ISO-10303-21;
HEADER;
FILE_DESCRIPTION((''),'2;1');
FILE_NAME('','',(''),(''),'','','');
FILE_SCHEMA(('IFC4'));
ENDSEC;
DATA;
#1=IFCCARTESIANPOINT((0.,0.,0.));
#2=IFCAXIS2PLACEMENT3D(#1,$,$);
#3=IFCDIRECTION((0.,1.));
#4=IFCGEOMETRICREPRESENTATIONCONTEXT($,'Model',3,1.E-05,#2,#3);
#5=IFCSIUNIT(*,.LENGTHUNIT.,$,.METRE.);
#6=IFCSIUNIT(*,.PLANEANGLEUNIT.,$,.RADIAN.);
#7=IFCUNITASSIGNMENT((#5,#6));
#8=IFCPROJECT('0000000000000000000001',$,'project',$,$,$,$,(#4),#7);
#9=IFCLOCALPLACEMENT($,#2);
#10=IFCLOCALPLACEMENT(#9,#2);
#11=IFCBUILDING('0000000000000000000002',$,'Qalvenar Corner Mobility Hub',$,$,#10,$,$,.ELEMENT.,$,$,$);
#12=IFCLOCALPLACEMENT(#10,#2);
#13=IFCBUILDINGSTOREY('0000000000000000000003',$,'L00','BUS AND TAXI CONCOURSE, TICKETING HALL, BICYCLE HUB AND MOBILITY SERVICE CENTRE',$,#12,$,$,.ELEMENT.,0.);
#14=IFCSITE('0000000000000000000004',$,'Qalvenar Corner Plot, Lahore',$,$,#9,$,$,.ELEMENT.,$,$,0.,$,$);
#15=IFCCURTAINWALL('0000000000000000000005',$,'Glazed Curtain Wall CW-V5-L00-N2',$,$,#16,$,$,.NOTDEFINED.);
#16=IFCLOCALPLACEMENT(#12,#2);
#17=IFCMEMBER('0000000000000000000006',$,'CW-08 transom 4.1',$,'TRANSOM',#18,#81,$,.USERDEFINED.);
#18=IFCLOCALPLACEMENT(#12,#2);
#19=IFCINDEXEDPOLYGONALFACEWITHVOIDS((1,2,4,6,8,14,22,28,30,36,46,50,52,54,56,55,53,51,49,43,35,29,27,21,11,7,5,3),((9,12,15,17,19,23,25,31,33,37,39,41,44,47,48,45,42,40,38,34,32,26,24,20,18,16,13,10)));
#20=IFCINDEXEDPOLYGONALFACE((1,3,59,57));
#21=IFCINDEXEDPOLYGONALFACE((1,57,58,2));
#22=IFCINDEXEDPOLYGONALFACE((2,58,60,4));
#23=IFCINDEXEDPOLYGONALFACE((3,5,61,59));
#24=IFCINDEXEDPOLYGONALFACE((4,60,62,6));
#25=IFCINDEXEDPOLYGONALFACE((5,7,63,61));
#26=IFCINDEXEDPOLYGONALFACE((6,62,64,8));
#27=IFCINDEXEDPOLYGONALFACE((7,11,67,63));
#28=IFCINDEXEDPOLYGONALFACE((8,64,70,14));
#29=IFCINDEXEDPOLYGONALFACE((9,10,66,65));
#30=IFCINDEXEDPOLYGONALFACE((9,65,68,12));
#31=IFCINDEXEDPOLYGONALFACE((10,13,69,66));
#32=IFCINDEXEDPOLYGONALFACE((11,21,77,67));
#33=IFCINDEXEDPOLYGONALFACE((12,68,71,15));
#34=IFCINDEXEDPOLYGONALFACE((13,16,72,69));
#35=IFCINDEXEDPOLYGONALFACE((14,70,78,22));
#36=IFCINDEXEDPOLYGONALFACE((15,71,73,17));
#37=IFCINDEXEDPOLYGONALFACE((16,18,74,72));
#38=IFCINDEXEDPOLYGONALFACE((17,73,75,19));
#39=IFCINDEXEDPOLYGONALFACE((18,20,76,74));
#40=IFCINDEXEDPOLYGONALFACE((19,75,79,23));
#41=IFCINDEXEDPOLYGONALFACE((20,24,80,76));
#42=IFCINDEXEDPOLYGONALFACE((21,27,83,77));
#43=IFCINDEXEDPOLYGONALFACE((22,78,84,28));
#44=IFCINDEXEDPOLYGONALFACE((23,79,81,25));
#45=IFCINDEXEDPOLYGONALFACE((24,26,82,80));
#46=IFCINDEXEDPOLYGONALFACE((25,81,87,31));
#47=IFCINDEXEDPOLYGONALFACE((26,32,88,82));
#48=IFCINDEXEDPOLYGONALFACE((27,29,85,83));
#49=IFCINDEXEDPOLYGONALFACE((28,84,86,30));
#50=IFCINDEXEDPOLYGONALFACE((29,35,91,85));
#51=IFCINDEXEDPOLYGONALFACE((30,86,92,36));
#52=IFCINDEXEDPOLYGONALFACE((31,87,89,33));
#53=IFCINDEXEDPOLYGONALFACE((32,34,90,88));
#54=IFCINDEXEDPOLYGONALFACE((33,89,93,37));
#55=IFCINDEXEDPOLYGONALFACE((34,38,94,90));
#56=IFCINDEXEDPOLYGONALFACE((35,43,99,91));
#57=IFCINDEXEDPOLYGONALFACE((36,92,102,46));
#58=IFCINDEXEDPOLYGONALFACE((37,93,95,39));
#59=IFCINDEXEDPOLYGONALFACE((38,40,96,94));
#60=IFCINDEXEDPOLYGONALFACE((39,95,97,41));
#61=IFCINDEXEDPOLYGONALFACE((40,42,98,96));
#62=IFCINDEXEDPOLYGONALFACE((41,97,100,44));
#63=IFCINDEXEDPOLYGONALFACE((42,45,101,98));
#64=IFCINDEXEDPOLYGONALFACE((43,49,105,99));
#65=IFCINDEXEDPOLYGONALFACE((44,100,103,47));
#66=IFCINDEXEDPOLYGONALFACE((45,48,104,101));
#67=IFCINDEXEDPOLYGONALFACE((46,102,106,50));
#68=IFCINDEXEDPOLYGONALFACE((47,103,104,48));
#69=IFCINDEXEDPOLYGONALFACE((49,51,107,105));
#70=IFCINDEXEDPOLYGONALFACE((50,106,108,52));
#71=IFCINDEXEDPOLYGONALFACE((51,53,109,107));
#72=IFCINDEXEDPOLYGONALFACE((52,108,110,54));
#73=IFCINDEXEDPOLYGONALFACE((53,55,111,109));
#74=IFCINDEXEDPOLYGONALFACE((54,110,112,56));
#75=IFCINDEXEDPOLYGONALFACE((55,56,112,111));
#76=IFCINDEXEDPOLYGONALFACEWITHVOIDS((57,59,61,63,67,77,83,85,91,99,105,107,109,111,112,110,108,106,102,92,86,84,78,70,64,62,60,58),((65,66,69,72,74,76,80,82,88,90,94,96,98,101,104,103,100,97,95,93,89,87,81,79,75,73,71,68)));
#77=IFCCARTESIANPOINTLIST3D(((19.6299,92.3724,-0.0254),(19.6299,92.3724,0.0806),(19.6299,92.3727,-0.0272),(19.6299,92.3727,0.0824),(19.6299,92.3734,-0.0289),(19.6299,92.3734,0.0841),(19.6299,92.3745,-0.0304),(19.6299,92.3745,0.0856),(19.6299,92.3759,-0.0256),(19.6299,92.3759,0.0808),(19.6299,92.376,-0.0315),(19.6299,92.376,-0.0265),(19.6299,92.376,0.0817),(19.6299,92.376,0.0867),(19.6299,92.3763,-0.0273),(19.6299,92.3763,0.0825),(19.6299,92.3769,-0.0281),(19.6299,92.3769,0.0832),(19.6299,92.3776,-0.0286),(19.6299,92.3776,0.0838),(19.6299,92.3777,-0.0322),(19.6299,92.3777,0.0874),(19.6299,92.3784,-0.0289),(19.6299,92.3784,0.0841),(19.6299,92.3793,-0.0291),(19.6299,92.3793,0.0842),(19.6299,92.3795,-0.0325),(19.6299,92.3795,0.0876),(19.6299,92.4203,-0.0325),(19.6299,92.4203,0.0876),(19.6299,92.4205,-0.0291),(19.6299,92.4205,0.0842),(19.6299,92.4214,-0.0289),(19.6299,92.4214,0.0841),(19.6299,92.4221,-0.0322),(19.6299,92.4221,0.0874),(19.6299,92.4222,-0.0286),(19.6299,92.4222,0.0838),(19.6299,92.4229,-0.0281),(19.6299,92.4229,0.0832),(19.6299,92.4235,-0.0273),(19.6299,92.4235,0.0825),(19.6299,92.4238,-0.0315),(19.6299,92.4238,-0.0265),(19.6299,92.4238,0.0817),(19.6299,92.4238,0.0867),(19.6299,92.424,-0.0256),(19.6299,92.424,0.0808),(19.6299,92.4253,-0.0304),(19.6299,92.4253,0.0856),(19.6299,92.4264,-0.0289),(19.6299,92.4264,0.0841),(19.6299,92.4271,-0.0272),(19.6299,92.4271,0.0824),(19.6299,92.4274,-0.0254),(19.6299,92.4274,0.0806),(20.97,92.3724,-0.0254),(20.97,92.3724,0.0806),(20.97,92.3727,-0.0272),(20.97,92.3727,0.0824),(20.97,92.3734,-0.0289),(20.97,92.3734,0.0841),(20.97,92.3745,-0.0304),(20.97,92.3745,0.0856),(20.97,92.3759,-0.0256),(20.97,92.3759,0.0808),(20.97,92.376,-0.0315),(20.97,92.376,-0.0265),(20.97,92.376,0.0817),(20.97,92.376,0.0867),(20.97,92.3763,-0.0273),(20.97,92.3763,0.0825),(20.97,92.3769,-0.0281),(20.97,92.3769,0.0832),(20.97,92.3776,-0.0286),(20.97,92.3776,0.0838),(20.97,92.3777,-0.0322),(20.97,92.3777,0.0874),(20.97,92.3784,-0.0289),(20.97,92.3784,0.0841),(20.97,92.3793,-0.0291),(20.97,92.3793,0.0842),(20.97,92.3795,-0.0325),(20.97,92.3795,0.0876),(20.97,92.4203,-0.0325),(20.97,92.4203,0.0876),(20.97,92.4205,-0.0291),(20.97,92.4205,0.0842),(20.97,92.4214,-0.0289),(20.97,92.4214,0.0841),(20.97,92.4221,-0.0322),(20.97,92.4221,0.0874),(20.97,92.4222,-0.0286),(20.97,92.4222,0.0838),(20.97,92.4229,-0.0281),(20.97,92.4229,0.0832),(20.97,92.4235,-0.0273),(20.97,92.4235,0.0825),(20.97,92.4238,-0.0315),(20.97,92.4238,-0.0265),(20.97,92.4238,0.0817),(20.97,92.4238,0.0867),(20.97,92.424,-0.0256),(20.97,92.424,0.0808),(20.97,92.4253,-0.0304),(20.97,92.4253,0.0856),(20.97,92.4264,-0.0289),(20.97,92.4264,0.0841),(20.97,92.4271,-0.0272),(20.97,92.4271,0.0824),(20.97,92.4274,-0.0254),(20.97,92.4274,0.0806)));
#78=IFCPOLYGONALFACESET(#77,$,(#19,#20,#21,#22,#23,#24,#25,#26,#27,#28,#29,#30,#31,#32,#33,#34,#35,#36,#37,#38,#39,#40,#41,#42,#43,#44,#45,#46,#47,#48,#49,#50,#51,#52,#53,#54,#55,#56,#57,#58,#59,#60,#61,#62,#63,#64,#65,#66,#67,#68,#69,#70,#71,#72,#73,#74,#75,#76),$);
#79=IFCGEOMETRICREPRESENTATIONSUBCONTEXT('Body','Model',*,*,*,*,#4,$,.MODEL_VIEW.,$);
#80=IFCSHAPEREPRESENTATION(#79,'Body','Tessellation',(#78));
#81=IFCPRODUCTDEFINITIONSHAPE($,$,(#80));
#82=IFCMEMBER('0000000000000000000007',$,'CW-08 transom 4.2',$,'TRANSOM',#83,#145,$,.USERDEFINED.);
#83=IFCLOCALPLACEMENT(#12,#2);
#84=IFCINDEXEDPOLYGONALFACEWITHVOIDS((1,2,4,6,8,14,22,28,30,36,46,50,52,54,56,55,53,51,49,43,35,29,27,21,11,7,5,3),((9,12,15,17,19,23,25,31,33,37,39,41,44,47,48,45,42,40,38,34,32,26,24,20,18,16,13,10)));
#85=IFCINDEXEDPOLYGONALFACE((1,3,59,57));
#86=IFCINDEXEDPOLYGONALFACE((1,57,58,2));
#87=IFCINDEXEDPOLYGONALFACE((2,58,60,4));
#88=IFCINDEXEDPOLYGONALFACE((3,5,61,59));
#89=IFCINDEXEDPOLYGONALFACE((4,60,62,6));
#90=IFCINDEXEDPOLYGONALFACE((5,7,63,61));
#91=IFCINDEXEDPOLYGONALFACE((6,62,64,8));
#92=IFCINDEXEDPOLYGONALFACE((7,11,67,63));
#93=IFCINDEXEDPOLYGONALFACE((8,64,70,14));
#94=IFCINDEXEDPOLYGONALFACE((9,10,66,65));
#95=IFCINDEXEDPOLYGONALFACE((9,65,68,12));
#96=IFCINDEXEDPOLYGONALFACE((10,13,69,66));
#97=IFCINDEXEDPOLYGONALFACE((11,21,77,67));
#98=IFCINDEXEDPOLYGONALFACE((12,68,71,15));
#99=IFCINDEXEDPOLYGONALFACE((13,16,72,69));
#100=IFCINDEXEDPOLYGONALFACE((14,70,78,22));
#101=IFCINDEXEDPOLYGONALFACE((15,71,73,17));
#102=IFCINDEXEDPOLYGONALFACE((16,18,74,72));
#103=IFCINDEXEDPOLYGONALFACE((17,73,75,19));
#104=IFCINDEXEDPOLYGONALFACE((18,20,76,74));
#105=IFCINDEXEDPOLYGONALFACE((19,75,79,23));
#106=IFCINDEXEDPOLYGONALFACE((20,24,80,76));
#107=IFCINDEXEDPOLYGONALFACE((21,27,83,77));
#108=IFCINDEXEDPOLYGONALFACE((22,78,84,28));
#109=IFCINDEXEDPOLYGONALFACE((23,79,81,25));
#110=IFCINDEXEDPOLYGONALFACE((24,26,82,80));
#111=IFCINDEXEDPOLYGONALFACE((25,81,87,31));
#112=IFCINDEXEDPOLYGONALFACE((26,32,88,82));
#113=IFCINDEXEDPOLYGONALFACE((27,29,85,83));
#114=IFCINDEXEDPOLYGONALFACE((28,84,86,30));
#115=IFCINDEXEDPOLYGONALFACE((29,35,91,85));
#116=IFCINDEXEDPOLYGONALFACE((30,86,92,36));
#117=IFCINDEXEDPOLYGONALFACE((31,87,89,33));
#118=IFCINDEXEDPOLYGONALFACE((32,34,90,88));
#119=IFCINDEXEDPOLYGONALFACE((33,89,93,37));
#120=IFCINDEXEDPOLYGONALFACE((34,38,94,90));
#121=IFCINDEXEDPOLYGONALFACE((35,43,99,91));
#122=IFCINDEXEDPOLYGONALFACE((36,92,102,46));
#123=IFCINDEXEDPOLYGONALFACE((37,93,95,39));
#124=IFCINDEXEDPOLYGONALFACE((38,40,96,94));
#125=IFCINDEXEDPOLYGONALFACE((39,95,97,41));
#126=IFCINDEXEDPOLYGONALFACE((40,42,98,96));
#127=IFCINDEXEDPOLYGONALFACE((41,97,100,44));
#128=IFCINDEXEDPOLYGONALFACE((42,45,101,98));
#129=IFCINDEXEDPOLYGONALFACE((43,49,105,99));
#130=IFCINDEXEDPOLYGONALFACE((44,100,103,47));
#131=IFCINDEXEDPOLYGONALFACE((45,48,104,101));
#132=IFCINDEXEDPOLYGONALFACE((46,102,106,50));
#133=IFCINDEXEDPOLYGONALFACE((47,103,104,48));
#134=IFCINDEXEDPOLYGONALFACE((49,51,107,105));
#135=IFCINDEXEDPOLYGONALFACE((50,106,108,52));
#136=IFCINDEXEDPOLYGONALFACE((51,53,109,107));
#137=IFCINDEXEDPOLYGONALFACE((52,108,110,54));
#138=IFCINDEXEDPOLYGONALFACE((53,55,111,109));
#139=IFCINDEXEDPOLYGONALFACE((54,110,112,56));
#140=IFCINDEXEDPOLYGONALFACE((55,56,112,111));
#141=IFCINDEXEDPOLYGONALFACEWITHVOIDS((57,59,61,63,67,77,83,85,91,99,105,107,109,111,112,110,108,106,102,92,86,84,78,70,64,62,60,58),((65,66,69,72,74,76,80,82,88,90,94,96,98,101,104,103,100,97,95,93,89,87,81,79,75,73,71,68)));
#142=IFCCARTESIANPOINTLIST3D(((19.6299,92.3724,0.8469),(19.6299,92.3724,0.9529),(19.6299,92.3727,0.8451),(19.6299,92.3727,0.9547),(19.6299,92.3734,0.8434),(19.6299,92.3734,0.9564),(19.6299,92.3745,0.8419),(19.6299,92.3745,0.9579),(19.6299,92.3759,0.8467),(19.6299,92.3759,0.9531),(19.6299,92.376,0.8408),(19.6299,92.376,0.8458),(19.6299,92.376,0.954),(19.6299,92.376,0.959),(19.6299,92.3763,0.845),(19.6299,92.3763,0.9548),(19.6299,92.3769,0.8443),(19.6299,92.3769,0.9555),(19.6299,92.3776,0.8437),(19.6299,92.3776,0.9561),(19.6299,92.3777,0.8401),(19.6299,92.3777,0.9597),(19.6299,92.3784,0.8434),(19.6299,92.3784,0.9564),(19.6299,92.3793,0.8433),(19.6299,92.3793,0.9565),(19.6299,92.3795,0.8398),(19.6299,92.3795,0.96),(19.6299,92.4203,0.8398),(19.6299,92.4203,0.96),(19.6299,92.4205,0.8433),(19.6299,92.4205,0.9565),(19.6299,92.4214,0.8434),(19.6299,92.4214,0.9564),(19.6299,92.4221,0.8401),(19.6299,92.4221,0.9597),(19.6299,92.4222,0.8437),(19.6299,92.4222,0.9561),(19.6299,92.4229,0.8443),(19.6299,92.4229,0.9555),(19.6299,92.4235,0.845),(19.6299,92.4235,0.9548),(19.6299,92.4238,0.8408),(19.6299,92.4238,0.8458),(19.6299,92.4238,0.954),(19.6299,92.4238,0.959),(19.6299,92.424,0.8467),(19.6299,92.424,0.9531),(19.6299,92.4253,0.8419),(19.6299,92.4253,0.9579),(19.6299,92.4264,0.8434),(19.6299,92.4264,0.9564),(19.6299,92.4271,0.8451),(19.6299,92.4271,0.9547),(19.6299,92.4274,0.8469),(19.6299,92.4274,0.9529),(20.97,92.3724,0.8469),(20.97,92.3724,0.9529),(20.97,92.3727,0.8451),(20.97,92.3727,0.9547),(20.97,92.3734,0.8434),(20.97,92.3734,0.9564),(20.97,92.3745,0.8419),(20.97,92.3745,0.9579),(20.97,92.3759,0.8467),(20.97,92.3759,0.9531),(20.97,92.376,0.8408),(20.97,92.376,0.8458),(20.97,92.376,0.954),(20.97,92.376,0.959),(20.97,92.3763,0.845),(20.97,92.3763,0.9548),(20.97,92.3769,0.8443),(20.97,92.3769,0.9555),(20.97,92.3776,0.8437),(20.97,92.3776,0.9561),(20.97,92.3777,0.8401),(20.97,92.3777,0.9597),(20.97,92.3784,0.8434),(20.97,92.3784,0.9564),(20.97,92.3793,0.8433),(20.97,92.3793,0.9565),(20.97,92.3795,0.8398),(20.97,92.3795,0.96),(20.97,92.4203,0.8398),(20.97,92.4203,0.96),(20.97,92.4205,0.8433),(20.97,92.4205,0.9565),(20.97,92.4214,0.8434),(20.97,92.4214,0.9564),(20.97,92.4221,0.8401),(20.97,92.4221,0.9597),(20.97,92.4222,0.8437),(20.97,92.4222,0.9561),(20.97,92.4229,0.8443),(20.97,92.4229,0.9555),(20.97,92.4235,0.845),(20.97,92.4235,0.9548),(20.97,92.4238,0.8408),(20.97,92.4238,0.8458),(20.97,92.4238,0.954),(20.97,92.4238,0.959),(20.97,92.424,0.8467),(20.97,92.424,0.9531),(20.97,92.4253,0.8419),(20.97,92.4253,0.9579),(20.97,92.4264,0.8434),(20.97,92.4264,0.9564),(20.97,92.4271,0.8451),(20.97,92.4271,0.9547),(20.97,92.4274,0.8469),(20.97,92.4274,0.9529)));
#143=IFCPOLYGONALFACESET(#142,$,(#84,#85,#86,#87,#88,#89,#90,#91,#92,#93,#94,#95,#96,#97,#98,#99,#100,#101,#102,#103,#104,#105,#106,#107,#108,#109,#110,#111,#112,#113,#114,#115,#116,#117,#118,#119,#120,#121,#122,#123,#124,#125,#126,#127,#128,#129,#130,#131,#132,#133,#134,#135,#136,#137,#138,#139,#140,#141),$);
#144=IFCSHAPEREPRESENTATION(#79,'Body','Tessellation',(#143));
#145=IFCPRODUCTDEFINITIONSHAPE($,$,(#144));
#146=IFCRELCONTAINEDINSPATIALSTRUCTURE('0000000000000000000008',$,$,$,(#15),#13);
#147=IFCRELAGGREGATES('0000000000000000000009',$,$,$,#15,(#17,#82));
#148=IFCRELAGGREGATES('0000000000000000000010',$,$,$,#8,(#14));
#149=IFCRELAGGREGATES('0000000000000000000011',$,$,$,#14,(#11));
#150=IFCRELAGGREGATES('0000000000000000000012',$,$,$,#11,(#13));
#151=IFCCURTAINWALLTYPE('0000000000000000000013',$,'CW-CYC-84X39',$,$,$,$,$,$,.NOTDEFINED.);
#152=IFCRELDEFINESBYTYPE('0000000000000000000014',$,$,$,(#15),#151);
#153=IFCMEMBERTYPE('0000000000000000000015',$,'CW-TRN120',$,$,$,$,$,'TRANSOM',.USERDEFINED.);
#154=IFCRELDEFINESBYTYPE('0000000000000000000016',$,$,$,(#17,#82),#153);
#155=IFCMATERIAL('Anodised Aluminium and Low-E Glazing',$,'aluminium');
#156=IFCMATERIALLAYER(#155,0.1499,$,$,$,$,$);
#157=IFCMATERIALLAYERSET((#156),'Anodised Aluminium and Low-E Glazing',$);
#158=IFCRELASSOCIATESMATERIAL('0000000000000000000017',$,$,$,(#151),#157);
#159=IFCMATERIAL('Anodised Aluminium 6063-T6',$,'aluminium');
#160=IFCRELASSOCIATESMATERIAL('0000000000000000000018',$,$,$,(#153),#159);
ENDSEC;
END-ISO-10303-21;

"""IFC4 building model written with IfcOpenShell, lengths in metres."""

from ifc_helpers import new_model, si_unit, direction, frame, origin, origin_2d, place, context, subcontext, project, spatial, hollow_rectangle, extrude, material, layer, layer_set, material_profile, profile_set, type_object, element, aggregate, save


model = new_model("IFC4")

# Units and contexts
model_context = context("Model", 3, precision=1e-05, world=origin(), true_north=direction((0.0, 1.0)))
body_context = subcontext(model_context, "Body", "Model", "MODEL_VIEW")
ifc_project = project(units=[si_unit("LENGTHUNIT", "METRE"), si_unit("PLANEANGLEUNIT", "RADIAN")], contexts=[model_context])

# Site, building, storey
site_placement = place(None, origin())
site = spatial("IfcSite", under=ifc_project, at=site_placement, Name="Qalvenar Corner Plot, Lahore", CompositionType="ELEMENT", RefElevation=0.0)
building_placement = place(site_placement, origin())
building = spatial("IfcBuilding", under=site, at=building_placement, Name="Qalvenar Corner Mobility Hub", CompositionType="ELEMENT")
storey_placement = place(building_placement, origin())
storey = spatial("IfcBuildingStorey", under=building, at=storey_placement, Name="L00", Description="BUS AND TAXI CONCOURSE, TICKETING HALL, BICYCLE HUB AND MOBILITY SERVICE CENTRE", CompositionType="ELEMENT", Elevation=0.0)

# Curtain wall, members
ifc_material_1 = material(Name="Anodised Aluminium and Low-E Glazing", Category="aluminium")
ifc_layer_1 = layer(ifc_material_1, 0.1499)
ifc_layer_set_1 = layer_set([ifc_layer_1], Name="Anodised Aluminium and Low-E Glazing")
curtain_wall_type = type_object("IfcCurtainWallType", Name="CW-CYC-84X39", PredefinedType="NOTDEFINED", material=ifc_layer_set_1)
curtain_wall_placement = place(storey_placement, origin())
curtain_wall = element("IfcCurtainWall", 1, at=curtain_wall_placement, inside=storey, type_object=curtain_wall_type, Name="Glazed Curtain Wall CW-V5-L00-N2", PredefinedType="NOTDEFINED")
ifc_material_2 = material(Name="Anodised Aluminium 6063-T6", Category="aluminium")
ifc_material_profile_1 = material_profile(ifc_material_2, hollow_rectangle(XDim=0.0549, YDim=0.1201, WallThickness=0.0034, InnerFilletRadius=0.0034, OuterFilletRadius=0.0071, at=origin_2d()), Name="RHS120x55x3.5")
ifc_profile_set_1 = profile_set([ifc_material_profile_1], Name="Anodised Aluminium 6063-T6")
member_type_1 = type_object("IfcMemberType", Name="CW-TRN120", ElementType="TRANSOM", PredefinedType="USERDEFINED", material=ifc_profile_set_1)
member_1_placement = place(storey_placement, frame((20.97, 92.3999, 0.0276), z_axis=(-1.0, 0.0, 0.0), x_axis=(0.0, -1.0, 0.0)))
member_1 = element("IfcMember", 2, at=member_1_placement, type_object=member_type_1, Name="CW-08 transom 4.1", ObjectType="TRANSOM", PredefinedType="USERDEFINED", context=body_context, shape_type="SweptSolid", body=[
    extrude(hollow_rectangle(XDim=0.0549, YDim=0.1201, WallThickness=0.0034, InnerFilletRadius=0.0034, OuterFilletRadius=0.0071, at=origin_2d()), origin(), (0.0, 0.0, 1.0), 1.3401),
])
member_2_placement = place(storey_placement, frame((20.97, 92.3999, 0.8999), z_axis=(-1.0, 0.0, 0.0), x_axis=(0.0, -1.0, 0.0)))
member_2 = element("IfcMember", 3, at=member_2_placement, type_object=member_type_1, Name="CW-08 transom 4.2", ObjectType="TRANSOM", PredefinedType="USERDEFINED", context=body_context, shape_type="SweptSolid", body=[
    extrude(hollow_rectangle(XDim=0.0549, YDim=0.1201, WallThickness=0.0034, InnerFilletRadius=0.0034, OuterFilletRadius=0.0071, at=origin_2d()), origin(), (0.0, 0.0, 1.0), 1.3401),
])
aggregate(curtain_wall, [member_1, member_2])

save(model, "model.ifc")
